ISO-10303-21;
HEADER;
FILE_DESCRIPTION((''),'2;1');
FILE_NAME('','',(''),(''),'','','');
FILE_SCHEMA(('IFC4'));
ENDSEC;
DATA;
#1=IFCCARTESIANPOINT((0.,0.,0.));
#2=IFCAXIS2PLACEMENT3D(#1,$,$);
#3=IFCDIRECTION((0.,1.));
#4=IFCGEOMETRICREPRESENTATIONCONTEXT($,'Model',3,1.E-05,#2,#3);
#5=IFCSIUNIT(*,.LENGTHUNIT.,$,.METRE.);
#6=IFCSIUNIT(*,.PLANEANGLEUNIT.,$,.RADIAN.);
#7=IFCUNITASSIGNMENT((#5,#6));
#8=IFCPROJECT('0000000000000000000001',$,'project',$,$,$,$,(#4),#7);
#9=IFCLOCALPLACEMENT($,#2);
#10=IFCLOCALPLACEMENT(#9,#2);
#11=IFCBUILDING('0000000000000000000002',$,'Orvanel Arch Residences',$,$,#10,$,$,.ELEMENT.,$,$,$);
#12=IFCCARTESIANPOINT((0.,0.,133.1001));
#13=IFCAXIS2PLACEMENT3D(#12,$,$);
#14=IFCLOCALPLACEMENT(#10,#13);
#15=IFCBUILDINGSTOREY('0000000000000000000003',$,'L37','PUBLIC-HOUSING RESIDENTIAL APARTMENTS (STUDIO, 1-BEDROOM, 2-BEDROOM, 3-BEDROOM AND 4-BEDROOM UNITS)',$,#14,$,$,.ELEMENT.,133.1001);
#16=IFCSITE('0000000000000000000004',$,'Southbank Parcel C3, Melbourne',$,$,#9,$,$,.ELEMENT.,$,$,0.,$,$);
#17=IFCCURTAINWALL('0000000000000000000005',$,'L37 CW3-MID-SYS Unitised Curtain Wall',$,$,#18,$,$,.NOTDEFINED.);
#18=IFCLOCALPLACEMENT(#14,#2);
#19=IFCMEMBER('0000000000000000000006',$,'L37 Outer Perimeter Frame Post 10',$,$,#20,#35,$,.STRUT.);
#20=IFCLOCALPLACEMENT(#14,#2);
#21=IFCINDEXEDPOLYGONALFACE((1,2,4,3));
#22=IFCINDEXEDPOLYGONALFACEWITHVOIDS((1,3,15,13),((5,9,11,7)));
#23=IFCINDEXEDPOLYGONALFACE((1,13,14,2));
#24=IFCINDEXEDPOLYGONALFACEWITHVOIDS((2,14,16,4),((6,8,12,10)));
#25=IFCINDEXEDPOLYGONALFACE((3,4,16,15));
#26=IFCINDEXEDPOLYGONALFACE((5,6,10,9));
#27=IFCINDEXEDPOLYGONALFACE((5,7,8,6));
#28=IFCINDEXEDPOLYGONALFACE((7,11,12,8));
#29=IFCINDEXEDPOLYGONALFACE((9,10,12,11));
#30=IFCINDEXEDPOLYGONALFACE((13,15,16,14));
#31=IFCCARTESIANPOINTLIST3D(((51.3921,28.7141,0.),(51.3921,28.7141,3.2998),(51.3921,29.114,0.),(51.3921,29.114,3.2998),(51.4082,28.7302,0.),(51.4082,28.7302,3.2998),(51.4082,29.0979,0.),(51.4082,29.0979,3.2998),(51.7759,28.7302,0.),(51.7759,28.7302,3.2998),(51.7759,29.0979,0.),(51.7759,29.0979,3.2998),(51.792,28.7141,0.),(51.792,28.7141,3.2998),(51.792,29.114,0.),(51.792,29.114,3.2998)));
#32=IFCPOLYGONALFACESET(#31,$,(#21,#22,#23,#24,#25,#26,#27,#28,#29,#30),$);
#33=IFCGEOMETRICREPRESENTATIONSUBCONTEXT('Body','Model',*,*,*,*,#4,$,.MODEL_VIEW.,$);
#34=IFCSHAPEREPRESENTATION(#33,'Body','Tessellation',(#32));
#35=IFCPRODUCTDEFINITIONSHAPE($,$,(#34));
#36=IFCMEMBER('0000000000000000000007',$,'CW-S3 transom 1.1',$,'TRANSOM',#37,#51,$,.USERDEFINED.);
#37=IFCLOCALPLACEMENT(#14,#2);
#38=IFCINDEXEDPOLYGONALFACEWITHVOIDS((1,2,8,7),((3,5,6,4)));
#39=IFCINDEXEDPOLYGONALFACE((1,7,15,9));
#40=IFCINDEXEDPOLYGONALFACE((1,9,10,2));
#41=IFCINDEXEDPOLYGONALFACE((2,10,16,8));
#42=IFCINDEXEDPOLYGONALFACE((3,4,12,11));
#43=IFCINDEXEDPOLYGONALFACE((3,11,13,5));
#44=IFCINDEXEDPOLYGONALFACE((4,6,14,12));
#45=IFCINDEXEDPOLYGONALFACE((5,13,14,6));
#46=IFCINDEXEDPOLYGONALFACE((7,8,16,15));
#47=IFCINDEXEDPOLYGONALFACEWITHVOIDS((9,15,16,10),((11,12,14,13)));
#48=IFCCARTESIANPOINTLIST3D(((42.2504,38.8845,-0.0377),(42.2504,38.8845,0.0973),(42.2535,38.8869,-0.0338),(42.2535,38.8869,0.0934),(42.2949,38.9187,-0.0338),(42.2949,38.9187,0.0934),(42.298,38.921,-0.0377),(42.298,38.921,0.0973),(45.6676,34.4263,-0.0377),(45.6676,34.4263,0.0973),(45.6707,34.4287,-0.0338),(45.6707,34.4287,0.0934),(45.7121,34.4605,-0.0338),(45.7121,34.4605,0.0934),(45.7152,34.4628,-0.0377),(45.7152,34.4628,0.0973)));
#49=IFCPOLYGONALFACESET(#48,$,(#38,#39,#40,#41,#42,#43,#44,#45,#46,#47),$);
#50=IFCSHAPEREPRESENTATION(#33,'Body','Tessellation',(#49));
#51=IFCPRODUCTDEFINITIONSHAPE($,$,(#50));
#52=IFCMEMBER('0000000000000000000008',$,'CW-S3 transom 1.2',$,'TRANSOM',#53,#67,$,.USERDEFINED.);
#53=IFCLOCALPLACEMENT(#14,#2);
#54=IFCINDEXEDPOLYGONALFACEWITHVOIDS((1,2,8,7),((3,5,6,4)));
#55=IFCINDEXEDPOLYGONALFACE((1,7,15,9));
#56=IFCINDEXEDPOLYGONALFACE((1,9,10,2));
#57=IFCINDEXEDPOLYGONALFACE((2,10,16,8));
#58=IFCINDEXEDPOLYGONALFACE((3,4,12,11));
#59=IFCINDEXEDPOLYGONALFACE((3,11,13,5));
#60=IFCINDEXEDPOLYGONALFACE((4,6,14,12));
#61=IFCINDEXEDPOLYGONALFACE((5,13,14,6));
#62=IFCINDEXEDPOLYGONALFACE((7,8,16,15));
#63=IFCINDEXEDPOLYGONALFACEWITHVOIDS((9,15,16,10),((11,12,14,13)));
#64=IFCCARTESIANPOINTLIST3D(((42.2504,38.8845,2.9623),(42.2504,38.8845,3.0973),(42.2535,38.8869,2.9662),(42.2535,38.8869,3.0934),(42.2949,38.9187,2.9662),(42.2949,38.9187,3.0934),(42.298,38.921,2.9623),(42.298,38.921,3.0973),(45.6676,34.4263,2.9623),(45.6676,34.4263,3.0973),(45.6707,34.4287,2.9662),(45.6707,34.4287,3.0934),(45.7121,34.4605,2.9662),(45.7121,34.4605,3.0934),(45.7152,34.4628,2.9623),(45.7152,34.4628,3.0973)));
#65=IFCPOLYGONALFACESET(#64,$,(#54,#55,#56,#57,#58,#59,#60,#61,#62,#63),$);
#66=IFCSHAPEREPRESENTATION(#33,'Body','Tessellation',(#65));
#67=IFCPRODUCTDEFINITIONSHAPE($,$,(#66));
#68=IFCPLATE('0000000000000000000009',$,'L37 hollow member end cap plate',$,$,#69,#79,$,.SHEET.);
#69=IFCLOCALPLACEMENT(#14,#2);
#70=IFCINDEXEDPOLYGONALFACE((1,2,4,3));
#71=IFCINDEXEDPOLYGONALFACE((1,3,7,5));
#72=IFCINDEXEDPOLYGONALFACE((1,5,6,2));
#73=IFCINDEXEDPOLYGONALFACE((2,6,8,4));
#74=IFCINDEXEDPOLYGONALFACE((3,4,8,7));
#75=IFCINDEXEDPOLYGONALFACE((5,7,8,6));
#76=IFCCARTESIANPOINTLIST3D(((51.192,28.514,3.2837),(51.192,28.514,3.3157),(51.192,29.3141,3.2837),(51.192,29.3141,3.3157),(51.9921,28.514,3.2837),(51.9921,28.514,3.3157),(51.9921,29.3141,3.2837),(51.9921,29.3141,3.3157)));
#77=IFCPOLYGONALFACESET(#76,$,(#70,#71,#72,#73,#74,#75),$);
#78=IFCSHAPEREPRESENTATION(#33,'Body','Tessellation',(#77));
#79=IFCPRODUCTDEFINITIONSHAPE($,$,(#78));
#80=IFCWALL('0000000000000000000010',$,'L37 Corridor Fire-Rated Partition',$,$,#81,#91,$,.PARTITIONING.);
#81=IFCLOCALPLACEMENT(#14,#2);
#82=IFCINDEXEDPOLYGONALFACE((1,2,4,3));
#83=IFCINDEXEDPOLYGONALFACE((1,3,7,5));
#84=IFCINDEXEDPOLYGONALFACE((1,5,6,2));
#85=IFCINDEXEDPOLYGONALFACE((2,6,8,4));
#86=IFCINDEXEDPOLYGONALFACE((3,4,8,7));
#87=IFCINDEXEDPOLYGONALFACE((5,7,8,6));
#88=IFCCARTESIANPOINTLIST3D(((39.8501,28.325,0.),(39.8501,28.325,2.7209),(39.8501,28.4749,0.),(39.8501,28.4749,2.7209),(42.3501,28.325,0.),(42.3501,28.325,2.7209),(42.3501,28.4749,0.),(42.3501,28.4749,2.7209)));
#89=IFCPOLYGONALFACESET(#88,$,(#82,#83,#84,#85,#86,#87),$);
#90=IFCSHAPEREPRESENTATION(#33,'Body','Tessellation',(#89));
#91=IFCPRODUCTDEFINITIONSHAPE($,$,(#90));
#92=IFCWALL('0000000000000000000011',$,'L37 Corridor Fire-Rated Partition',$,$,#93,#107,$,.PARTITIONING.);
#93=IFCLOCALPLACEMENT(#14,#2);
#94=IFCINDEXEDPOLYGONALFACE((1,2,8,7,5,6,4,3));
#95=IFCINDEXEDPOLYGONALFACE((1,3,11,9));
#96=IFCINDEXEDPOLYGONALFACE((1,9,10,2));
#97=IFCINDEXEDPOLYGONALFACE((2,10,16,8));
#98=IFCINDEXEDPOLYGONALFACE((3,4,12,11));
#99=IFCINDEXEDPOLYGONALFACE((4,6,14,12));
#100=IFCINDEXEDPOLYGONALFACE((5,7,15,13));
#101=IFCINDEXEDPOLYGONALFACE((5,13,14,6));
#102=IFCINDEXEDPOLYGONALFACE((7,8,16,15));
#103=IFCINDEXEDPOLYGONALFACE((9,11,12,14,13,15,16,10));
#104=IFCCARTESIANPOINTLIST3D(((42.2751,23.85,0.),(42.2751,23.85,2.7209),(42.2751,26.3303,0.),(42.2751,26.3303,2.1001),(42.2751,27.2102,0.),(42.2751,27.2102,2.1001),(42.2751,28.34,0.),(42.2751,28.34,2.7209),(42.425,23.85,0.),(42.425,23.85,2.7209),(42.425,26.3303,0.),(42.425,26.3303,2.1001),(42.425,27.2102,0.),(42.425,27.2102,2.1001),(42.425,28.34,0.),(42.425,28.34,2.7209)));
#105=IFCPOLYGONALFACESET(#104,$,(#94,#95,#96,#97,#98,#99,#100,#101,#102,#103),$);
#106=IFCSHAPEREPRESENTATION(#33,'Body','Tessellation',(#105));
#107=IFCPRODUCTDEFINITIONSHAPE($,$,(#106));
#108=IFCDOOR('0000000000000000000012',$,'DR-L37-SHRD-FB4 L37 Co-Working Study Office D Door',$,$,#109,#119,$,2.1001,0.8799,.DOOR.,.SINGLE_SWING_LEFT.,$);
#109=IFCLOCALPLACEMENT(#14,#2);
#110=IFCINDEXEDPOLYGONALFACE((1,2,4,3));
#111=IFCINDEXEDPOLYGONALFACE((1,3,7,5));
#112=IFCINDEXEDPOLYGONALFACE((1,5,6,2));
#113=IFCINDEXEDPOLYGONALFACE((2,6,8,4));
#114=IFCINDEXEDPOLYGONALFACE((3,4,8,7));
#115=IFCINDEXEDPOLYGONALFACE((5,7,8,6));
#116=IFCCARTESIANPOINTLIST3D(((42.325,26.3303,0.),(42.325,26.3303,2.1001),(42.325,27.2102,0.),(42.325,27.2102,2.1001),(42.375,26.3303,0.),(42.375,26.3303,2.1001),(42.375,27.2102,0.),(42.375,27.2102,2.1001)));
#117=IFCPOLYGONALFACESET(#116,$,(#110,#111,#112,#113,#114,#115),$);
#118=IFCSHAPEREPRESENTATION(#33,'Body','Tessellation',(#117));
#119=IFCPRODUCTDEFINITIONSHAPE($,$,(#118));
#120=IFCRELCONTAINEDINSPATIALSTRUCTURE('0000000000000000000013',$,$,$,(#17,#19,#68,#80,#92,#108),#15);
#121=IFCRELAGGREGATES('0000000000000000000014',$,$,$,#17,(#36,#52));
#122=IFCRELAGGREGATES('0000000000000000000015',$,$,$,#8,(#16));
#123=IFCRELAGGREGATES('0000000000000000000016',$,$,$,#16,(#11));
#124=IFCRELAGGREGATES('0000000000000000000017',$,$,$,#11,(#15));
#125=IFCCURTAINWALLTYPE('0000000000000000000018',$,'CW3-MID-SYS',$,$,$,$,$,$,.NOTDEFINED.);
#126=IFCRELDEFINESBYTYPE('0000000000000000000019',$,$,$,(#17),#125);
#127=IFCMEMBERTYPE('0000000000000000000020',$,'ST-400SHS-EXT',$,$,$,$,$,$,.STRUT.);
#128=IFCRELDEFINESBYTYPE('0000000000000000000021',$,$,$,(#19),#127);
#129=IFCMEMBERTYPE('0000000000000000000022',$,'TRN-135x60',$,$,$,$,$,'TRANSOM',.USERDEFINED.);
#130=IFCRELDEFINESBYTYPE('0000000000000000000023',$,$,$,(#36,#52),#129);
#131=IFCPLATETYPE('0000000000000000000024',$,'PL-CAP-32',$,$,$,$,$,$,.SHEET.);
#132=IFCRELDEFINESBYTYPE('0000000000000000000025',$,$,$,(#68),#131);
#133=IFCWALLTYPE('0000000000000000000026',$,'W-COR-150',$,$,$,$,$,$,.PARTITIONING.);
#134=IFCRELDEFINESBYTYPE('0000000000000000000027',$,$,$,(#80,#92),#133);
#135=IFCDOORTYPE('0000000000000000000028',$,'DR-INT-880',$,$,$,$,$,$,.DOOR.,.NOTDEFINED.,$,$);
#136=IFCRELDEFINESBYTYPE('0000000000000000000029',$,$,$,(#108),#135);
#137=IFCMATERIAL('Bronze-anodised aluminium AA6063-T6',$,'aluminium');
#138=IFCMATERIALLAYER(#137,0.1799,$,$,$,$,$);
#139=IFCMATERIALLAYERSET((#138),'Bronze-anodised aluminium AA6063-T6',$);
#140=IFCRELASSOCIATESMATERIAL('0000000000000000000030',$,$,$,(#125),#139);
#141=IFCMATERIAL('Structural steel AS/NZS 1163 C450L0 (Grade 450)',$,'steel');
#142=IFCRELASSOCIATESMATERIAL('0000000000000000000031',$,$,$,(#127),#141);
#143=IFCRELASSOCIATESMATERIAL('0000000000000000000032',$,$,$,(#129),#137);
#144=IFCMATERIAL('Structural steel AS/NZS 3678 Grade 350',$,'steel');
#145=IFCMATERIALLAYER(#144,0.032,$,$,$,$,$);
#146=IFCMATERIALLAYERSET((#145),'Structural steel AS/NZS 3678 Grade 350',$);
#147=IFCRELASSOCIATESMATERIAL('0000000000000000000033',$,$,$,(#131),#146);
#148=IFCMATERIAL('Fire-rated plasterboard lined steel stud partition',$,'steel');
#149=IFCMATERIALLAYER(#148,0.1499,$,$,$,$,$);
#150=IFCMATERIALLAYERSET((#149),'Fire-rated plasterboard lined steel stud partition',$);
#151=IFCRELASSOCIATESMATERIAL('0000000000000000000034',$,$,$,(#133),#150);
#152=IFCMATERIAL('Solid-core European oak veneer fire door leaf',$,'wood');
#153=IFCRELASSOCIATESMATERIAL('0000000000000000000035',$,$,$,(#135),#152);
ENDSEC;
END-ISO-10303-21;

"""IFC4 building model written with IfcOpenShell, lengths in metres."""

from ifc_helpers import new_model, si_unit, direction, frame, frame_2d, origin, origin_2d, place, context, subcontext, project, spatial, rectangle, hollow_rectangle, extrude, material, layer, layer_set, material_profile, profile_set, type_object, element, fill, aggregate, save


model = new_model("IFC4")

# Units and contexts
model_context = context("Model", 3, precision=1e-05, world=origin(), true_north=direction((0.0, 1.0)))
body_context = subcontext(model_context, "Body", "Model", "MODEL_VIEW")
ifc_project = project(units=[si_unit("LENGTHUNIT", "METRE"), si_unit("PLANEANGLEUNIT", "RADIAN")], contexts=[model_context])

# Site, building, storey
site_placement = place(None, origin())
site = spatial("IfcSite", under=ifc_project, at=site_placement, Name="Southbank Parcel C3, Melbourne", CompositionType="ELEMENT", RefElevation=0.0)
building_placement = place(site_placement, origin())
building = spatial("IfcBuilding", under=site, at=building_placement, Name="Orvanel Arch Residences", CompositionType="ELEMENT")
storey_placement = place(building_placement, frame((0.0, 0.0, 133.1001)))
storey = spatial("IfcBuildingStorey", under=building, at=storey_placement, Name="L37", Description="PUBLIC-HOUSING RESIDENTIAL APARTMENTS (STUDIO, 1-BEDROOM, 2-BEDROOM, 3-BEDROOM AND 4-BEDROOM UNITS)", CompositionType="ELEMENT", Elevation=133.1001)

# Shared definitions
ifc_material_1 = material(Name="Structural steel AS/NZS 1163 C450L0 (Grade 450)", Category="steel")

# Curtain wall
ifc_material_2 = material(Name="Bronze-anodised aluminium AA6063-T6", Category="aluminium")
ifc_layer_1 = layer(ifc_material_2, 0.1799)
ifc_layer_set_1 = layer_set([ifc_layer_1], Name="Bronze-anodised aluminium AA6063-T6")
curtain_wall_type = type_object("IfcCurtainWallType", Name="CW3-MID-SYS", PredefinedType="NOTDEFINED", material=ifc_layer_set_1)
curtain_wall_placement = place(storey_placement, origin())
curtain_wall = element("IfcCurtainWall", 1, at=curtain_wall_placement, inside=storey, type_object=curtain_wall_type, Name="L37 CW3-MID-SYS Unitised Curtain Wall", PredefinedType="NOTDEFINED")

# Members
ifc_material_profile_1 = material_profile(ifc_material_1, hollow_rectangle(XDim=0.3999, YDim=0.3999, WallThickness=0.0161, at=origin_2d()), Name="SHS400x400x16")
ifc_profile_set_1 = profile_set([ifc_material_profile_1], Name="Structural steel AS/NZS 1163 C450L0 (Grade 450)")
member_type_1 = type_object("IfcMemberType", Name="ST-400SHS-EXT", PredefinedType="STRUT", material=ifc_profile_set_1)
member_1_placement = place(storey_placement, frame((51.592, 28.9141, 0.0), z_axis=(0.0, 0.0, 1.0), x_axis=(1.0, 0.0, 0.0)))
element("IfcMember", 2, at=member_1_placement, inside=storey, type_object=member_type_1, Name="L37 Outer Perimeter Frame Post 10", PredefinedType="STRUT", context=body_context, shape_type="SweptSolid", body=[
    extrude(hollow_rectangle(XDim=0.3999, YDim=0.3999, WallThickness=0.0161, at=origin_2d()), origin(), (0.0, 0.0, 1.0), 3.2998),
])
ifc_material_profile_2 = material_profile(ifc_material_2, hollow_rectangle(XDim=0.0601, YDim=0.135, WallThickness=0.0039, at=origin_2d()), Name="ALU135x60x4")
ifc_profile_set_2 = profile_set([ifc_material_profile_2], Name="Bronze-anodised aluminium AA6063-T6")
member_type_2 = type_object("IfcMemberType", Name="TRN-135x60", ElementType="TRANSOM", PredefinedType="USERDEFINED", material=ifc_profile_set_2)
member_2_placement = place(storey_placement, frame((45.6914, 34.4446, 0.0298), z_axis=(-0.608347, 0.793671, 0.0), x_axis=(-0.793671, -0.608347, 0.0)))
member_2 = element("IfcMember", 3, at=member_2_placement, type_object=member_type_2, Name="CW-S3 transom 1.1", ObjectType="TRANSOM", PredefinedType="USERDEFINED", context=body_context, shape_type="SweptSolid", body=[
    extrude(hollow_rectangle(XDim=0.0601, YDim=0.135, WallThickness=0.0039, at=origin_2d()), origin(), (0.0, 0.0, 1.0), 5.6172),
])
member_3_placement = place(storey_placement, frame((45.6914, 34.4446, 3.0298), z_axis=(-0.608347, 0.793671, 0.0), x_axis=(-0.793671, -0.608347, 0.0)))
member_3 = element("IfcMember", 4, at=member_3_placement, type_object=member_type_2, Name="CW-S3 transom 1.2", ObjectType="TRANSOM", PredefinedType="USERDEFINED", context=body_context, shape_type="SweptSolid", body=[
    extrude(hollow_rectangle(XDim=0.0601, YDim=0.135, WallThickness=0.0039, at=origin_2d()), origin(), (0.0, 0.0, 1.0), 5.6172),
])
aggregate(curtain_wall, [member_2, member_3])

# Plate
ifc_material_3 = material(Name="Structural steel AS/NZS 3678 Grade 350", Category="steel")
ifc_layer_2 = layer(ifc_material_3, 0.032)
ifc_layer_set_2 = layer_set([ifc_layer_2], Name="Structural steel AS/NZS 3678 Grade 350")
plate_type = type_object("IfcPlateType", Name="PL-CAP-32", PredefinedType="SHEET", material=ifc_layer_set_2)
plate_placement = place(storey_placement, frame((51.592, 28.9141, 3.2837), z_axis=(0.0, 0.0, 1.0), x_axis=(1.0, 0.0, 0.0)))
element("IfcPlate", 5, at=plate_placement, inside=storey, type_object=plate_type, Name="L37 hollow member end cap plate", PredefinedType="SHEET", context=body_context, shape_type="SweptSolid", body=[
    extrude(rectangle(XDim=0.8, YDim=0.8, at=origin_2d()), origin(), (0.0, 0.0, 1.0), 0.032),
])

# Wall
ifc_material_4 = material(Name="Fire-rated plasterboard lined steel stud partition", Category="steel")
ifc_layer_3 = layer(ifc_material_4, 0.1499)
ifc_layer_set_3 = layer_set([ifc_layer_3], Name="Fire-rated plasterboard lined steel stud partition")
wall_type = type_object("IfcWallType", Name="W-COR-150", PredefinedType="PARTITIONING", material=ifc_layer_set_3)
wall_1_placement = place(storey_placement, frame((39.8501, 28.3999, 0.0), z_axis=(0.0, 0.0, 1.0), x_axis=(1.0, 0.0, 0.0)))
element("IfcWall", 6, at=wall_1_placement, inside=storey, type_object=wall_type, Name="L37 Corridor Fire-Rated Partition", PredefinedType="PARTITIONING", context=body_context, shape_type="SweptSolid", body=[
    extrude(rectangle(XDim=2.5, YDim=0.1499, at=frame_2d((1.25, 0.0))), origin(), (0.0, 0.0, 1.0), 2.7209),
])

# Wall, opening, door
wall_2_placement = place(storey_placement, frame((42.3501, 28.3401, 0.0), z_axis=(0.0, 0.0, 1.0), x_axis=(0.0, -1.0, 0.0)))
wall_2 = element("IfcWall", 7, at=wall_2_placement, inside=storey, type_object=wall_type, Name="L37 Corridor Fire-Rated Partition", PredefinedType="PARTITIONING", context=body_context, shape_type="SweptSolid", body=[
    extrude(rectangle(XDim=4.49, YDim=0.1499, at=frame_2d((2.2451, 0.0))), origin(), (0.0, 0.0, 1.0), 2.7209),
])
opening_placement = place(wall_2_placement, frame((1.1299, 0.0, 0.0)))
opening = element("IfcOpeningElement", 8, at=opening_placement, cuts=wall_2, PredefinedType="OPENING", context=body_context, shape_type="SweptSolid", body=[
    extrude(rectangle(XDim=0.8799, YDim=2.1001, at=frame_2d((0.4399, 1.05))), frame((0.0, 0.085, 0.0), z_axis=(0.0, -1.0, 0.0), x_axis=(1.0, 0.0, 0.0)), (0.0, 0.0, 1.0), 0.1699),
])
ifc_material_5 = material(Name="Solid-core European oak veneer fire door leaf", Category="wood")
door_type = type_object("IfcDoorType", Name="DR-INT-880", OperationType="NOTDEFINED", PredefinedType="DOOR", material=ifc_material_5)
door_placement = place(opening_placement, origin())
door = element("IfcDoor", 9, at=door_placement, inside=storey, type_object=door_type, Name="DR-L37-SHRD-FB4 L37 Co-Working Study Office D Door", OperationType="SINGLE_SWING_LEFT", OverallHeight=2.1001, OverallWidth=0.8799, PredefinedType="DOOR", context=body_context, shape_type="SweptSolid", body=[
    extrude(rectangle(XDim=0.8799, YDim=2.1001, at=frame_2d((0.4399, 1.05))), frame((0.0, 0.0249, 0.0), z_axis=(0.0, -1.0, 0.0), x_axis=(1.0, 0.0, 0.0)), (0.0, 0.0, 1.0), 0.05),
])
fill(opening, door)

save(model, "model.ifc")
